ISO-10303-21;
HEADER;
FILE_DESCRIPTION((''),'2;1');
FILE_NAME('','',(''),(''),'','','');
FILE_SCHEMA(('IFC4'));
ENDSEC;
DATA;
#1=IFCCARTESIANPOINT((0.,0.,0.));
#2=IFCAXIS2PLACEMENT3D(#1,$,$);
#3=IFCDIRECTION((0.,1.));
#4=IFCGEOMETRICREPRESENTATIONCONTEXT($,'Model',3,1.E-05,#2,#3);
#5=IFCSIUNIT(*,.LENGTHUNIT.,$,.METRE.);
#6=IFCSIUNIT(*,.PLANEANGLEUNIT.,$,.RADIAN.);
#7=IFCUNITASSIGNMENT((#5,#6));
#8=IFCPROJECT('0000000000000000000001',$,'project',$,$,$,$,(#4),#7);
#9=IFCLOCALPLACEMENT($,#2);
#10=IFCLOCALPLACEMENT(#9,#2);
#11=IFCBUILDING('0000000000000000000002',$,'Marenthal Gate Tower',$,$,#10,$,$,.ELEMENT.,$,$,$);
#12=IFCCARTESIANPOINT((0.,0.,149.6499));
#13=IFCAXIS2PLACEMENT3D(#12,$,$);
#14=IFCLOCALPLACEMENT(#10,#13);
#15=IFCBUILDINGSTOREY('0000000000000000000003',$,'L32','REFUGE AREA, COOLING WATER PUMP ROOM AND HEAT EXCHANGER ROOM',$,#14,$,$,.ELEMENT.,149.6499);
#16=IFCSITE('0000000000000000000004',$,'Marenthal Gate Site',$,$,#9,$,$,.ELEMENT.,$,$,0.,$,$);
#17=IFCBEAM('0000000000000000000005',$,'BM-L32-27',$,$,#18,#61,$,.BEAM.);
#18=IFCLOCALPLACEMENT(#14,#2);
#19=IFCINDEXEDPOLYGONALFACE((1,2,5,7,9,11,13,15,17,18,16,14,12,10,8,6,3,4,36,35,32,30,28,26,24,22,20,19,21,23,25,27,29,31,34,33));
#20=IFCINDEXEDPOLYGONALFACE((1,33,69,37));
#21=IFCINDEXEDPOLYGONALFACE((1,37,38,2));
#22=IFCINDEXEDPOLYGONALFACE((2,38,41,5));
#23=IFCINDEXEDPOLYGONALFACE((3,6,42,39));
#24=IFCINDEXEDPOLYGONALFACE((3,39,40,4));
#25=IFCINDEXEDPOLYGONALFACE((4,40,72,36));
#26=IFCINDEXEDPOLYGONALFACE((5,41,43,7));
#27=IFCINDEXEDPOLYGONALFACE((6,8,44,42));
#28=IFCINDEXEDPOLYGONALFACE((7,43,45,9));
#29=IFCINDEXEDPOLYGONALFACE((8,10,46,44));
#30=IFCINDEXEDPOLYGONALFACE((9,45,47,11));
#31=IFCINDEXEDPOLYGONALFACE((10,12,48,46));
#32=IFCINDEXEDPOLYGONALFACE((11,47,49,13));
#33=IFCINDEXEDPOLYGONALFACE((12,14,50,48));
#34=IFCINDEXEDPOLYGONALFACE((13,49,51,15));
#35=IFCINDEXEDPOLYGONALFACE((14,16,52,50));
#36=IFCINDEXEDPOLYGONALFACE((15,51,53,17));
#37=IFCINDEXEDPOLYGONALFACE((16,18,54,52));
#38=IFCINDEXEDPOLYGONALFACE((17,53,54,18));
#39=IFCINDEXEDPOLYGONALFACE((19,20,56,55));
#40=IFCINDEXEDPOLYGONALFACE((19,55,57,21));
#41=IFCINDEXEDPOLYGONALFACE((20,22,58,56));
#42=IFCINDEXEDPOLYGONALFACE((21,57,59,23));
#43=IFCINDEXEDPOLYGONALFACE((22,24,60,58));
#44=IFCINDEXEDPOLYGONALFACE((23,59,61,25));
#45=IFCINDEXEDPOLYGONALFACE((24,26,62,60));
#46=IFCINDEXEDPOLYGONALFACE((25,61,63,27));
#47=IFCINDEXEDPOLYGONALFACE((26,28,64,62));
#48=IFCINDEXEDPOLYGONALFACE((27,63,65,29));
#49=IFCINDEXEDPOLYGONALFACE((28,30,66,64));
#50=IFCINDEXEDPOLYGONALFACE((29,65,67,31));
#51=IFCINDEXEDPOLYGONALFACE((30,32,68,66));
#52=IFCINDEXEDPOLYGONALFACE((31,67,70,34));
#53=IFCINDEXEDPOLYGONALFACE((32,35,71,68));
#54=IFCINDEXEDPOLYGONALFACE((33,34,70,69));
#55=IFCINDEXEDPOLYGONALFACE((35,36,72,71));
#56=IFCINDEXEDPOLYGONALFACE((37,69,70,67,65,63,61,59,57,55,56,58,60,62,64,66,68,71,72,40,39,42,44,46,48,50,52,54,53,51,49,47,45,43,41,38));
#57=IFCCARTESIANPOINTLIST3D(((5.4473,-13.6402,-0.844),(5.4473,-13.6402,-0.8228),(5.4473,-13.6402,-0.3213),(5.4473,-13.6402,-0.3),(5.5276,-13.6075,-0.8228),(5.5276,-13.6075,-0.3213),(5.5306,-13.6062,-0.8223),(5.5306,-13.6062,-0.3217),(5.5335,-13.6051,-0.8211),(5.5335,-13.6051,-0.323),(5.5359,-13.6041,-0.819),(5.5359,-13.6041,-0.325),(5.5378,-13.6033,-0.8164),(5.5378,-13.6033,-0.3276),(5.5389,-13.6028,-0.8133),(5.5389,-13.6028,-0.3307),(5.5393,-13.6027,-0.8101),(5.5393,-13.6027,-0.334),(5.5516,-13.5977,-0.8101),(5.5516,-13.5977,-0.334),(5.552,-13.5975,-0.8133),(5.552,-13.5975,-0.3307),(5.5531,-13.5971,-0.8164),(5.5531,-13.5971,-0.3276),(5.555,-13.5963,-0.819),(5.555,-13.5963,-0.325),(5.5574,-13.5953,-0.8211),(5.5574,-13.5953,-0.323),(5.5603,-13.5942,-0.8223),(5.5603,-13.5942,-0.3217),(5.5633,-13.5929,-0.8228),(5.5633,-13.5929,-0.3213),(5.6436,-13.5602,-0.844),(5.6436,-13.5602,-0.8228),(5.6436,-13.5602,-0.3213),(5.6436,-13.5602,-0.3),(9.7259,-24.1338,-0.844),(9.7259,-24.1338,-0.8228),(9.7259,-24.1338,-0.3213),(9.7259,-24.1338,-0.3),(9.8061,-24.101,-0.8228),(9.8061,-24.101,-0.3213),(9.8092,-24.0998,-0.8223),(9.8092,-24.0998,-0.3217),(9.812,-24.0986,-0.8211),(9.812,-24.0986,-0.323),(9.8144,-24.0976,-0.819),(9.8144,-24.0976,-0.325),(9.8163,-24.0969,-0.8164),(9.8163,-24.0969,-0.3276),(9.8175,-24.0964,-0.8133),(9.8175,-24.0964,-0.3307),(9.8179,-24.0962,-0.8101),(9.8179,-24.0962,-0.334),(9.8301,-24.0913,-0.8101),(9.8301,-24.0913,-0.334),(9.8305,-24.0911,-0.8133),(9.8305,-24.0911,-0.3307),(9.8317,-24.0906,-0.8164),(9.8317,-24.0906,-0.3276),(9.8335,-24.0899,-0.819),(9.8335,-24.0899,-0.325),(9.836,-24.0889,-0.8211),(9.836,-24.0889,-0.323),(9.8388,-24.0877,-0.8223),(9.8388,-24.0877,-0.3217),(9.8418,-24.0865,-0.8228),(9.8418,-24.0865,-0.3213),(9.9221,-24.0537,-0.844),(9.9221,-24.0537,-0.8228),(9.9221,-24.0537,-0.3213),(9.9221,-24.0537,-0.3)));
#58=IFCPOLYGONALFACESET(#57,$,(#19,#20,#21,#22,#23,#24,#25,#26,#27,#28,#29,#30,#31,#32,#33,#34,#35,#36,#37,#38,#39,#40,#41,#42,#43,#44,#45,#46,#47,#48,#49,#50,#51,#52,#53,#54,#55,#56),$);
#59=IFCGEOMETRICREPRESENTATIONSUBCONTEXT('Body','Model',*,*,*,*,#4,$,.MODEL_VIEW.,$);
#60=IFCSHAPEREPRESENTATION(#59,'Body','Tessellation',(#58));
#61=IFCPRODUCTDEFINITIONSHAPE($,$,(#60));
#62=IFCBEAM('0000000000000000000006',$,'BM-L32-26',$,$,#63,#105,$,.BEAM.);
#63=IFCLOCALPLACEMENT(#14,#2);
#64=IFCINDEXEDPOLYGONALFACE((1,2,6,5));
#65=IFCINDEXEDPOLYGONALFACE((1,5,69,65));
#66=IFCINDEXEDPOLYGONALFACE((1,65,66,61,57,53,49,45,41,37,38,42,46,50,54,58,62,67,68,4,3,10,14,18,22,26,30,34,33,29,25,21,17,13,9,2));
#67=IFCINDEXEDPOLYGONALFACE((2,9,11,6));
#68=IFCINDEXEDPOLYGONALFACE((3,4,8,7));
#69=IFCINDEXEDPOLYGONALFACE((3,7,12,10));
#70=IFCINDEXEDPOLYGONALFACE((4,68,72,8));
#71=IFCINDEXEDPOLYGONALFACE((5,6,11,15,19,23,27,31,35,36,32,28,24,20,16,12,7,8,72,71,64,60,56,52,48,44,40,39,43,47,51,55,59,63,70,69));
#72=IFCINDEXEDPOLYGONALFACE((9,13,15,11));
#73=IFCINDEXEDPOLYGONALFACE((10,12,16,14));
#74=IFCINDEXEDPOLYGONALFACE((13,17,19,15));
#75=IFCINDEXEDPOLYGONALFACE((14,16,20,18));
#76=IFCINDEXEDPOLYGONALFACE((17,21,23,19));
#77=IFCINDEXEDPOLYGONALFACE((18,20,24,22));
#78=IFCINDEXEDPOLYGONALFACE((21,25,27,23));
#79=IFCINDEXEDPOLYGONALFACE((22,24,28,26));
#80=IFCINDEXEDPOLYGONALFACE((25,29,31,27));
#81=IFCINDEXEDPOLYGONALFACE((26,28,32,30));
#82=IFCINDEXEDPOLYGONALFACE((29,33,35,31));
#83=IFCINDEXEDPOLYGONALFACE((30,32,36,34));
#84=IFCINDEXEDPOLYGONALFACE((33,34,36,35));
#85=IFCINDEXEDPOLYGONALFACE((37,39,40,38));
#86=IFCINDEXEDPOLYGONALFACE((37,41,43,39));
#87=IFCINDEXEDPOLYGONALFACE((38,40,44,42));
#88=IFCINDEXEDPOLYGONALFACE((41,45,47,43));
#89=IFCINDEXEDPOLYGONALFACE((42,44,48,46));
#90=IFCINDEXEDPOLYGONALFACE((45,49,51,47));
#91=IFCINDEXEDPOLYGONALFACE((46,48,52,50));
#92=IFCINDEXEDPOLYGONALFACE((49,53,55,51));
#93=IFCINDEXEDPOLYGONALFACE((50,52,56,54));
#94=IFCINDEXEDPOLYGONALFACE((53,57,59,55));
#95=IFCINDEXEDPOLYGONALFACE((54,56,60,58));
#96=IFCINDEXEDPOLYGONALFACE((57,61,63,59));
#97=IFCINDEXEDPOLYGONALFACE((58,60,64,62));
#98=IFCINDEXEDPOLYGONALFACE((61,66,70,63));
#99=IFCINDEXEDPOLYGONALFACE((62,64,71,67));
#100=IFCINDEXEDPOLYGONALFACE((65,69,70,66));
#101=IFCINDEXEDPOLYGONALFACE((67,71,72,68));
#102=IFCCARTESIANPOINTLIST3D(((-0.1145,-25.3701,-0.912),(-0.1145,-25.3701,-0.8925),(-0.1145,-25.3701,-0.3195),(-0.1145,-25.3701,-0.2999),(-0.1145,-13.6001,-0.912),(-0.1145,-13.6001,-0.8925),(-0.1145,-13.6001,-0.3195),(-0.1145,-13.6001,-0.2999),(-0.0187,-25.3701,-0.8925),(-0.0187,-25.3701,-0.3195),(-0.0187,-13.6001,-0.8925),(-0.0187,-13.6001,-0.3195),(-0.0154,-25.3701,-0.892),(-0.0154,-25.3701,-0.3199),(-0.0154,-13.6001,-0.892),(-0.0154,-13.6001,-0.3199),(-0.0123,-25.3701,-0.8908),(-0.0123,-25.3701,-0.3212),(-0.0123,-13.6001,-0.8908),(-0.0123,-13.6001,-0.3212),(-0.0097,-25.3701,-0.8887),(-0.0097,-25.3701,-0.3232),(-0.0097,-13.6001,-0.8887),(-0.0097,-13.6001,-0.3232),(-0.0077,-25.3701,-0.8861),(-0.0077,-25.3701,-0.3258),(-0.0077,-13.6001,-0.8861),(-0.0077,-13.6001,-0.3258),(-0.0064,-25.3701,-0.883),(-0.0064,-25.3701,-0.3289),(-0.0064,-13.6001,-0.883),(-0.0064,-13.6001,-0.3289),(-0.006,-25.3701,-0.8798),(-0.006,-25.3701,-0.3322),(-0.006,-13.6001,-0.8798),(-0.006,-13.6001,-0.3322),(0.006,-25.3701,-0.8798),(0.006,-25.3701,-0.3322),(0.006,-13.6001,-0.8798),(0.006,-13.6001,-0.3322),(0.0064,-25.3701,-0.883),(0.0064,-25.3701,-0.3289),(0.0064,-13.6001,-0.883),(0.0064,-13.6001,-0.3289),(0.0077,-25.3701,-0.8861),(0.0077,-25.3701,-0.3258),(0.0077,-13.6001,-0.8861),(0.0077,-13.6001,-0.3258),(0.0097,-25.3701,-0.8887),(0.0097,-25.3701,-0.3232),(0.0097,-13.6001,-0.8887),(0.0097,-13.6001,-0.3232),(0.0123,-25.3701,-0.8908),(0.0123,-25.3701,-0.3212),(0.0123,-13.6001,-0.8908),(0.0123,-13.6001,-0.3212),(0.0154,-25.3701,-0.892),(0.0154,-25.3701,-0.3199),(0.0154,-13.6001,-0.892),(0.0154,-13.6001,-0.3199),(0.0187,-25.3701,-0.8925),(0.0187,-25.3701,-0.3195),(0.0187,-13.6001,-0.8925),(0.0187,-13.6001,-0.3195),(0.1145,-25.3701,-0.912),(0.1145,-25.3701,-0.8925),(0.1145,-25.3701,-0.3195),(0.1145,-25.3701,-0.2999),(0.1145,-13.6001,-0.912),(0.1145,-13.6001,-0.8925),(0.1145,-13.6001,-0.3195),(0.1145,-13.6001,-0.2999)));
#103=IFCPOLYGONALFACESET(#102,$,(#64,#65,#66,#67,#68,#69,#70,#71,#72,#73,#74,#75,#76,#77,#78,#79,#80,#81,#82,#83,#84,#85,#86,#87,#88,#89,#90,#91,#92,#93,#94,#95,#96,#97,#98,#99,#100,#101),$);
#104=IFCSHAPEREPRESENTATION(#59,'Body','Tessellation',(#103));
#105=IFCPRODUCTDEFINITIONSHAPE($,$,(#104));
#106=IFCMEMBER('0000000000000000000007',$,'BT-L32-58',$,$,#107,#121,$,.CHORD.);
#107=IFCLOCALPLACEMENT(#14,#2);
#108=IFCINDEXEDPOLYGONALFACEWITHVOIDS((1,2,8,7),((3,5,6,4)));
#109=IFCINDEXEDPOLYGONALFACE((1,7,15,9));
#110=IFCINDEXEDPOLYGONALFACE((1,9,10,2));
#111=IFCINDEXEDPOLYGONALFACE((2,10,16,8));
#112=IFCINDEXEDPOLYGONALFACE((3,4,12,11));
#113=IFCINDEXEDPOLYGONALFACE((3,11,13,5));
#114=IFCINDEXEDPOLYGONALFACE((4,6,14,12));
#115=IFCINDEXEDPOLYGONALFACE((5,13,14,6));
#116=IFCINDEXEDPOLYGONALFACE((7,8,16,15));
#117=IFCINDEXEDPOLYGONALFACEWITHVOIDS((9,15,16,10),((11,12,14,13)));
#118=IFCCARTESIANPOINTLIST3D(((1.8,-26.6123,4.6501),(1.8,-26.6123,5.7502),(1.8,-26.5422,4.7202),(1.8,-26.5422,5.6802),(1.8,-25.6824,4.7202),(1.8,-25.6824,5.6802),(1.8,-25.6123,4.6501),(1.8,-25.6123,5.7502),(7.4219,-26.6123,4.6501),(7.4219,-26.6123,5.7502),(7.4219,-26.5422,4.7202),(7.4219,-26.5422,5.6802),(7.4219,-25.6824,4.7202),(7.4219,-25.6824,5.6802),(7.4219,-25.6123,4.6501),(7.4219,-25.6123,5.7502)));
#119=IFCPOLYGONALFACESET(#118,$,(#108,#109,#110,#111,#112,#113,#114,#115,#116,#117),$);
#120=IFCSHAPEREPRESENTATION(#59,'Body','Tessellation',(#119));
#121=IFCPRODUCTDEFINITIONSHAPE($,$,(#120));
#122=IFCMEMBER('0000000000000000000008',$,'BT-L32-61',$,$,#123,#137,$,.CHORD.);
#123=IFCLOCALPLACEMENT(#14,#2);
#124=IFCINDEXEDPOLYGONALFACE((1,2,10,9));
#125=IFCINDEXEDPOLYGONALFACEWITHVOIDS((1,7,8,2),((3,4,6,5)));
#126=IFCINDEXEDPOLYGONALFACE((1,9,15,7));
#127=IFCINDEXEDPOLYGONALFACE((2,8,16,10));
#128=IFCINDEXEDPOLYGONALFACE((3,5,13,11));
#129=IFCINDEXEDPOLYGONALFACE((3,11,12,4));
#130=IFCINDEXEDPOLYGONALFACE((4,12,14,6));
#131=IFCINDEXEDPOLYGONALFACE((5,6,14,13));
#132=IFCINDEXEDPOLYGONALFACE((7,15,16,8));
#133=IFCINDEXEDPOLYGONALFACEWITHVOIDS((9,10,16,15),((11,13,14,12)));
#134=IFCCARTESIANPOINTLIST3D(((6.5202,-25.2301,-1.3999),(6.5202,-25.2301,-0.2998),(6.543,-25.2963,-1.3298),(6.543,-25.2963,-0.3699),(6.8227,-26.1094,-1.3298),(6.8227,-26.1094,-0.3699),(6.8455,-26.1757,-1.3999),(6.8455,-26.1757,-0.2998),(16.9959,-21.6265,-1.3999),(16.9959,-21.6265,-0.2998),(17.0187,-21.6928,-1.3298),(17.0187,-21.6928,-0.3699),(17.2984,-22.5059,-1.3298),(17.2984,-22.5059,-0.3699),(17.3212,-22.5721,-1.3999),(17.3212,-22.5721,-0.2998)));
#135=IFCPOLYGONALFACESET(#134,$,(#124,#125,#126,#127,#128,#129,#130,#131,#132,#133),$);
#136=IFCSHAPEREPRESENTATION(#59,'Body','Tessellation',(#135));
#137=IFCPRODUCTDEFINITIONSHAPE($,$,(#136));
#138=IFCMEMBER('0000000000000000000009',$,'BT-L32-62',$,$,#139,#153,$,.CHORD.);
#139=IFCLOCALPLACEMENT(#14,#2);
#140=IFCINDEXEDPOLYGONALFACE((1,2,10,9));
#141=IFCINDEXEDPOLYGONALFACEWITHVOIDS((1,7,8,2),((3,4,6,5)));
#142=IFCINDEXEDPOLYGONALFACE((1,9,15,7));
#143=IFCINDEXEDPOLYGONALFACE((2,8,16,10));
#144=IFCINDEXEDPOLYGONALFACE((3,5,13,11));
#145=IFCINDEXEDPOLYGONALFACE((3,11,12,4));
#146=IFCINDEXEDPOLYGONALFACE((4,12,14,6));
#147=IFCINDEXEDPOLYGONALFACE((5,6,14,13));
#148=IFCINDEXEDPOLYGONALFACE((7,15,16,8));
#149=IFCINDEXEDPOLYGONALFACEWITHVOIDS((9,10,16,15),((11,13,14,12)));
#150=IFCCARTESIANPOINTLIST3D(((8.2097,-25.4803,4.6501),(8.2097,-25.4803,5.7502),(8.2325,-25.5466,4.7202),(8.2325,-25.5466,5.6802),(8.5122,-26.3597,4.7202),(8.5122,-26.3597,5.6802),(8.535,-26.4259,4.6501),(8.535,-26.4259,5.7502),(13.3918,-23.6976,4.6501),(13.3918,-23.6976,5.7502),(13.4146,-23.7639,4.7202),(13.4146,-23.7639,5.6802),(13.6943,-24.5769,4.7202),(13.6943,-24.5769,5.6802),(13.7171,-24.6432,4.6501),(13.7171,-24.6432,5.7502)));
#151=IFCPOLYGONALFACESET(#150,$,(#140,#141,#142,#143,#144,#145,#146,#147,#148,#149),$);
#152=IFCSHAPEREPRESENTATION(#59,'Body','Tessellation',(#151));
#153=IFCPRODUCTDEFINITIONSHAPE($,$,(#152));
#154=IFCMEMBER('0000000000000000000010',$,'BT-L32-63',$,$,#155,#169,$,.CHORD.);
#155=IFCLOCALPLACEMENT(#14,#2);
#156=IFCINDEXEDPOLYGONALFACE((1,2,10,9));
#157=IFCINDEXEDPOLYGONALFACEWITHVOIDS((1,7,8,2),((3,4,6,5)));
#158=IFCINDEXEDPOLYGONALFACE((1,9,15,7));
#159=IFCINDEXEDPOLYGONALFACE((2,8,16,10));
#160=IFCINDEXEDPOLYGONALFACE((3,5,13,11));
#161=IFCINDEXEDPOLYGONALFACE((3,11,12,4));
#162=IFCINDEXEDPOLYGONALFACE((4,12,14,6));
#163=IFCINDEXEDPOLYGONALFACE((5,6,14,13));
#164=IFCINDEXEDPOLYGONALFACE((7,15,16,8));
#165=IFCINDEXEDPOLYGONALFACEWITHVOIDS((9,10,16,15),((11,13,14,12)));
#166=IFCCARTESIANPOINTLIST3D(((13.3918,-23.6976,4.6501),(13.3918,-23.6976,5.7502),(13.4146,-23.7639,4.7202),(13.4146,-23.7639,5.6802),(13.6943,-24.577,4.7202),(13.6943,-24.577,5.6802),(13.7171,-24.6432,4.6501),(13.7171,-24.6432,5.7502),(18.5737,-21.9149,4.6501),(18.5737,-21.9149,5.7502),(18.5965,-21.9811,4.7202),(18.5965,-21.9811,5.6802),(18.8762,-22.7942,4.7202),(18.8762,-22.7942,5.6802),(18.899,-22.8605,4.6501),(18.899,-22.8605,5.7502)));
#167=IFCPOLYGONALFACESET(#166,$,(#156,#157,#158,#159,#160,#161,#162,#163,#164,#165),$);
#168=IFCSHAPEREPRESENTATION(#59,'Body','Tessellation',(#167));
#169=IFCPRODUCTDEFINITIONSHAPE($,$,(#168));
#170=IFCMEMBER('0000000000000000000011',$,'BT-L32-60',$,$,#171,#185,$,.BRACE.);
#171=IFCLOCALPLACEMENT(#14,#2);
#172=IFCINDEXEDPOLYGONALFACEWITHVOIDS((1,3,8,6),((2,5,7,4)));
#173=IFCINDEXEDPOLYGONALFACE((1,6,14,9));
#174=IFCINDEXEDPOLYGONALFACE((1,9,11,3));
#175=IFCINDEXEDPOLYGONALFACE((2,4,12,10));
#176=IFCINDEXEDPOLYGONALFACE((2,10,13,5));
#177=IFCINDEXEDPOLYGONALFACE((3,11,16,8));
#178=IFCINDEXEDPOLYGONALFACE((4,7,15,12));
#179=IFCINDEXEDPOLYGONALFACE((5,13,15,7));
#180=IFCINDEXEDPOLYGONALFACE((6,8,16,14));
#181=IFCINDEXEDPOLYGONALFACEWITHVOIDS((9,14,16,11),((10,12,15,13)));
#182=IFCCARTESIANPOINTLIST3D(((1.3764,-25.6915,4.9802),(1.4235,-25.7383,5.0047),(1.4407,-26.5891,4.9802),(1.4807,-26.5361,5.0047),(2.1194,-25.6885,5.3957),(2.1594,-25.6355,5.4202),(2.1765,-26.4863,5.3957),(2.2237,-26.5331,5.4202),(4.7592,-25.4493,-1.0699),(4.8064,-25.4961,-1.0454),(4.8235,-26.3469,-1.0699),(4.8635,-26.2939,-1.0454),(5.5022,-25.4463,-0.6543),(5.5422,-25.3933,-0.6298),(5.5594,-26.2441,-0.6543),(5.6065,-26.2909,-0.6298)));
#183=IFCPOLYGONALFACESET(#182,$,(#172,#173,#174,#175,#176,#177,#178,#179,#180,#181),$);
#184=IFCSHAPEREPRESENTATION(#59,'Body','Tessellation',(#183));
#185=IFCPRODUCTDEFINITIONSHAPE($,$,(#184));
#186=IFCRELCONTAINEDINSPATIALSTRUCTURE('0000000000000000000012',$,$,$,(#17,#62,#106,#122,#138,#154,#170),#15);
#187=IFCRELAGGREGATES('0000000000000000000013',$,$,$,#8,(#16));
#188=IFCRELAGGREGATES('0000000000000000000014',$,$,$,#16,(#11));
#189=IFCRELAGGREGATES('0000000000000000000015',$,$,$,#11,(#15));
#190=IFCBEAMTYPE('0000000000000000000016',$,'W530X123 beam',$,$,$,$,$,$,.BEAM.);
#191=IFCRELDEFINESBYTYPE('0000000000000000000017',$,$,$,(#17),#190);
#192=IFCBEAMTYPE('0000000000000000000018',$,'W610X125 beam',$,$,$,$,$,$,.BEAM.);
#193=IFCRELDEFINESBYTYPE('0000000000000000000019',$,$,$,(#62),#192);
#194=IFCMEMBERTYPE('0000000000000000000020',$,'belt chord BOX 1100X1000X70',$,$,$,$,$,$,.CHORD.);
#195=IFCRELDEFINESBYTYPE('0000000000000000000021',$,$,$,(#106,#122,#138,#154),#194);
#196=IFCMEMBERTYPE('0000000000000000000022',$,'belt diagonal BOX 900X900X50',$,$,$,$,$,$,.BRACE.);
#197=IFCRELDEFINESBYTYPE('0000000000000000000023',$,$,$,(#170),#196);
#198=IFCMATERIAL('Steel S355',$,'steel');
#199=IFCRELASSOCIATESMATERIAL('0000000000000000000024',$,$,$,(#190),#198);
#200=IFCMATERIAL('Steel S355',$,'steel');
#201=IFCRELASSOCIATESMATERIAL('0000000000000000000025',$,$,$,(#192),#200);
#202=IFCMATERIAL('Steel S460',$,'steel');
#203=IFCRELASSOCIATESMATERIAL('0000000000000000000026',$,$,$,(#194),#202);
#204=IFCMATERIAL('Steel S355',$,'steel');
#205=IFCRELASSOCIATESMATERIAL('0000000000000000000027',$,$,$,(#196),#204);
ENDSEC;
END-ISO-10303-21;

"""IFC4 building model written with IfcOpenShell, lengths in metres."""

from ifc_helpers import new_model, si_unit, direction, frame, origin, origin_2d, place, context, subcontext, project, spatial, hollow_rectangle, i_section, extrude, material, material_profile, profile_set, type_object, element, save


model = new_model("IFC4")

# Units and contexts
model_context = context("Model", 3, precision=1e-05, world=origin(), true_north=direction((0.0, 1.0)))
body_context = subcontext(model_context, "Body", "Model", "MODEL_VIEW")
ifc_project = project(units=[si_unit("LENGTHUNIT", "METRE"), si_unit("PLANEANGLEUNIT", "RADIAN")], contexts=[model_context])

# Site, building, storey
site_placement = place(None, origin())
site = spatial("IfcSite", under=ifc_project, at=site_placement, Name="Marenthal Gate Site", CompositionType="ELEMENT", RefElevation=0.0)
building_placement = place(site_placement, origin())
building = spatial("IfcBuilding", under=site, at=building_placement, Name="Marenthal Gate Tower", CompositionType="ELEMENT")
storey_placement = place(building_placement, frame((0.0, 0.0, 149.6499)))
storey = spatial("IfcBuildingStorey", under=building, at=storey_placement, Name="L32", Description="REFUGE AREA, COOLING WATER PUMP ROOM AND HEAT EXCHANGER ROOM", CompositionType="ELEMENT", Elevation=149.6499)

# Beams
ifc_material_1 = material(Name="Steel S355", Category="steel")
ifc_material_profile_1 = material_profile(ifc_material_1, i_section(OverallWidth=0.2119, OverallDepth=0.5439, WebThickness=0.0132, FlangeThickness=0.0212, FilletRadius=0.0127, at=origin_2d()), Name="W530X123")
ifc_profile_set_1 = profile_set([ifc_material_profile_1], Name="Steel S355")
beam_type_1 = type_object("IfcBeamType", Name="W530X123 beam", PredefinedType="BEAM", material=ifc_profile_set_1)
beam_1_placement = place(storey_placement, frame((9.824, -24.0938, -0.572), z_axis=(-0.377552, 0.925988, 0.0), x_axis=(-0.925988, -0.377552, 0.0)))
element("IfcBeam", 1, at=beam_1_placement, inside=storey, type_object=beam_type_1, Name="BM-L32-27", PredefinedType="BEAM", context=body_context, shape_type="SweptSolid", body=[
    extrude(i_section(OverallWidth=0.2119, OverallDepth=0.5439, WebThickness=0.0132, FlangeThickness=0.0212, FilletRadius=0.0127, at=origin_2d()), origin(), (0.0, 0.0, 1.0), 11.3323),
])
ifc_material_2 = material(Name="Steel S355", Category="steel")
ifc_material_profile_2 = material_profile(ifc_material_2, i_section(OverallWidth=0.229, OverallDepth=0.6121, WebThickness=0.012, FlangeThickness=0.0195, FilletRadius=0.0127, at=origin_2d()), Name="W610X125")
ifc_profile_set_2 = profile_set([ifc_material_profile_2], Name="Steel S355")
beam_type_2 = type_object("IfcBeamType", Name="W610X125 beam", PredefinedType="BEAM", material=ifc_profile_set_2)
beam_2_placement = place(storey_placement, frame((0.0, -25.3701, -0.606), z_axis=(0.0, 1.0, 0.0), x_axis=(-1.0, 0.0, 0.0)))
element("IfcBeam", 2, at=beam_2_placement, inside=storey, type_object=beam_type_2, Name="BM-L32-26", PredefinedType="BEAM", context=body_context, shape_type="SweptSolid", body=[
    extrude(i_section(OverallWidth=0.229, OverallDepth=0.6121, WebThickness=0.012, FlangeThickness=0.0195, FilletRadius=0.0127, at=origin_2d()), origin(), (0.0, 0.0, 1.0), 11.77),
])

# Members
ifc_material_3 = material(Name="Steel S460", Category="steel")
ifc_material_profile_3 = material_profile(ifc_material_3, hollow_rectangle(XDim=1.0, YDim=1.1001, WallThickness=0.0701, at=origin_2d()), Name="BOX 1100X1000X70")
ifc_profile_set_3 = profile_set([ifc_material_profile_3], Name="Steel S460")
member_type_1 = type_object("IfcMemberType", Name="belt chord BOX 1100X1000X70", PredefinedType="CHORD", material=ifc_profile_set_3)
member_1_placement = place(storey_placement, frame((1.8, -26.1123, 5.2002), z_axis=(1.0, 0.0, 0.0), x_axis=(0.0, 1.0, 0.0)))
element("IfcMember", 3, at=member_1_placement, inside=storey, type_object=member_type_1, Name="BT-L32-58", PredefinedType="CHORD", context=body_context, shape_type="SweptSolid", body=[
    extrude(hollow_rectangle(XDim=1.0, YDim=1.1001, WallThickness=0.0701, at=origin_2d()), origin(), (0.0, 0.0, 1.0), 5.6218),
])
member_2_placement = place(storey_placement, frame((6.6829, -25.7029, -0.8499), z_axis=(0.945616, 0.325284, 0.0), x_axis=(-0.325284, 0.945616, 0.0)))
element("IfcMember", 4, at=member_2_placement, inside=storey, type_object=member_type_1, Name="BT-L32-61", PredefinedType="CHORD", context=body_context, shape_type="SweptSolid", body=[
    extrude(hollow_rectangle(XDim=1.0, YDim=1.1001, WallThickness=0.0701, at=origin_2d()), origin(), (0.0, 0.0, 1.0), 11.0781),
])
member_3_placement = place(storey_placement, frame((8.3723, -25.9531, 5.2002), z_axis=(0.94561, 0.325301, 0.0), x_axis=(-0.325301, 0.94561, 0.0)))
element("IfcMember", 5, at=member_3_placement, inside=storey, type_object=member_type_1, Name="BT-L32-62", PredefinedType="CHORD", context=body_context, shape_type="SweptSolid", body=[
    extrude(hollow_rectangle(XDim=1.0, YDim=1.1001, WallThickness=0.0701, at=origin_2d()), origin(), (0.0, 0.0, 1.0), 5.4802),
])
member_4_placement = place(storey_placement, frame((13.5544, -24.1704, 5.2002), z_axis=(0.945606, 0.325315, 0.0), x_axis=(-0.325315, 0.945606, 0.0)))
element("IfcMember", 6, at=member_4_placement, inside=storey, type_object=member_type_1, Name="BT-L32-63", PredefinedType="CHORD", context=body_context, shape_type="SweptSolid", body=[
    extrude(hollow_rectangle(XDim=1.0, YDim=1.1001, WallThickness=0.0701, at=origin_2d()), origin(), (0.0, 0.0, 1.0), 5.48),
])
ifc_material_4 = material(Name="Steel S355", Category="steel")
ifc_material_profile_4 = material_profile(ifc_material_4, hollow_rectangle(XDim=0.8999, YDim=0.8999, WallThickness=0.05, at=origin_2d()), Name="BOX 900X900X50")
ifc_profile_set_4 = profile_set([ifc_material_profile_4], Name="Steel S355")
member_type_2 = type_object("IfcMemberType", Name="belt diagonal BOX 900X900X50", PredefinedType="BRACE", material=ifc_profile_set_4)
member_5_placement = place(storey_placement, frame((1.8, -26.1123, 5.2002), z_axis=(0.487733, 0.034919, -0.872294), x_axis=(-0.071411, 0.997447, 0.0)))
element("IfcMember", 7, at=member_5_placement, inside=storey, type_object=member_type_2, Name="BT-L32-60", PredefinedType="BRACE", context=body_context, shape_type="SweptSolid", body=[
    extrude(hollow_rectangle(XDim=0.8999, YDim=0.8999, WallThickness=0.05, at=origin_2d()), origin(), (0.0, 0.0, 1.0), 6.9358),
])

save(model, "model.ifc")
